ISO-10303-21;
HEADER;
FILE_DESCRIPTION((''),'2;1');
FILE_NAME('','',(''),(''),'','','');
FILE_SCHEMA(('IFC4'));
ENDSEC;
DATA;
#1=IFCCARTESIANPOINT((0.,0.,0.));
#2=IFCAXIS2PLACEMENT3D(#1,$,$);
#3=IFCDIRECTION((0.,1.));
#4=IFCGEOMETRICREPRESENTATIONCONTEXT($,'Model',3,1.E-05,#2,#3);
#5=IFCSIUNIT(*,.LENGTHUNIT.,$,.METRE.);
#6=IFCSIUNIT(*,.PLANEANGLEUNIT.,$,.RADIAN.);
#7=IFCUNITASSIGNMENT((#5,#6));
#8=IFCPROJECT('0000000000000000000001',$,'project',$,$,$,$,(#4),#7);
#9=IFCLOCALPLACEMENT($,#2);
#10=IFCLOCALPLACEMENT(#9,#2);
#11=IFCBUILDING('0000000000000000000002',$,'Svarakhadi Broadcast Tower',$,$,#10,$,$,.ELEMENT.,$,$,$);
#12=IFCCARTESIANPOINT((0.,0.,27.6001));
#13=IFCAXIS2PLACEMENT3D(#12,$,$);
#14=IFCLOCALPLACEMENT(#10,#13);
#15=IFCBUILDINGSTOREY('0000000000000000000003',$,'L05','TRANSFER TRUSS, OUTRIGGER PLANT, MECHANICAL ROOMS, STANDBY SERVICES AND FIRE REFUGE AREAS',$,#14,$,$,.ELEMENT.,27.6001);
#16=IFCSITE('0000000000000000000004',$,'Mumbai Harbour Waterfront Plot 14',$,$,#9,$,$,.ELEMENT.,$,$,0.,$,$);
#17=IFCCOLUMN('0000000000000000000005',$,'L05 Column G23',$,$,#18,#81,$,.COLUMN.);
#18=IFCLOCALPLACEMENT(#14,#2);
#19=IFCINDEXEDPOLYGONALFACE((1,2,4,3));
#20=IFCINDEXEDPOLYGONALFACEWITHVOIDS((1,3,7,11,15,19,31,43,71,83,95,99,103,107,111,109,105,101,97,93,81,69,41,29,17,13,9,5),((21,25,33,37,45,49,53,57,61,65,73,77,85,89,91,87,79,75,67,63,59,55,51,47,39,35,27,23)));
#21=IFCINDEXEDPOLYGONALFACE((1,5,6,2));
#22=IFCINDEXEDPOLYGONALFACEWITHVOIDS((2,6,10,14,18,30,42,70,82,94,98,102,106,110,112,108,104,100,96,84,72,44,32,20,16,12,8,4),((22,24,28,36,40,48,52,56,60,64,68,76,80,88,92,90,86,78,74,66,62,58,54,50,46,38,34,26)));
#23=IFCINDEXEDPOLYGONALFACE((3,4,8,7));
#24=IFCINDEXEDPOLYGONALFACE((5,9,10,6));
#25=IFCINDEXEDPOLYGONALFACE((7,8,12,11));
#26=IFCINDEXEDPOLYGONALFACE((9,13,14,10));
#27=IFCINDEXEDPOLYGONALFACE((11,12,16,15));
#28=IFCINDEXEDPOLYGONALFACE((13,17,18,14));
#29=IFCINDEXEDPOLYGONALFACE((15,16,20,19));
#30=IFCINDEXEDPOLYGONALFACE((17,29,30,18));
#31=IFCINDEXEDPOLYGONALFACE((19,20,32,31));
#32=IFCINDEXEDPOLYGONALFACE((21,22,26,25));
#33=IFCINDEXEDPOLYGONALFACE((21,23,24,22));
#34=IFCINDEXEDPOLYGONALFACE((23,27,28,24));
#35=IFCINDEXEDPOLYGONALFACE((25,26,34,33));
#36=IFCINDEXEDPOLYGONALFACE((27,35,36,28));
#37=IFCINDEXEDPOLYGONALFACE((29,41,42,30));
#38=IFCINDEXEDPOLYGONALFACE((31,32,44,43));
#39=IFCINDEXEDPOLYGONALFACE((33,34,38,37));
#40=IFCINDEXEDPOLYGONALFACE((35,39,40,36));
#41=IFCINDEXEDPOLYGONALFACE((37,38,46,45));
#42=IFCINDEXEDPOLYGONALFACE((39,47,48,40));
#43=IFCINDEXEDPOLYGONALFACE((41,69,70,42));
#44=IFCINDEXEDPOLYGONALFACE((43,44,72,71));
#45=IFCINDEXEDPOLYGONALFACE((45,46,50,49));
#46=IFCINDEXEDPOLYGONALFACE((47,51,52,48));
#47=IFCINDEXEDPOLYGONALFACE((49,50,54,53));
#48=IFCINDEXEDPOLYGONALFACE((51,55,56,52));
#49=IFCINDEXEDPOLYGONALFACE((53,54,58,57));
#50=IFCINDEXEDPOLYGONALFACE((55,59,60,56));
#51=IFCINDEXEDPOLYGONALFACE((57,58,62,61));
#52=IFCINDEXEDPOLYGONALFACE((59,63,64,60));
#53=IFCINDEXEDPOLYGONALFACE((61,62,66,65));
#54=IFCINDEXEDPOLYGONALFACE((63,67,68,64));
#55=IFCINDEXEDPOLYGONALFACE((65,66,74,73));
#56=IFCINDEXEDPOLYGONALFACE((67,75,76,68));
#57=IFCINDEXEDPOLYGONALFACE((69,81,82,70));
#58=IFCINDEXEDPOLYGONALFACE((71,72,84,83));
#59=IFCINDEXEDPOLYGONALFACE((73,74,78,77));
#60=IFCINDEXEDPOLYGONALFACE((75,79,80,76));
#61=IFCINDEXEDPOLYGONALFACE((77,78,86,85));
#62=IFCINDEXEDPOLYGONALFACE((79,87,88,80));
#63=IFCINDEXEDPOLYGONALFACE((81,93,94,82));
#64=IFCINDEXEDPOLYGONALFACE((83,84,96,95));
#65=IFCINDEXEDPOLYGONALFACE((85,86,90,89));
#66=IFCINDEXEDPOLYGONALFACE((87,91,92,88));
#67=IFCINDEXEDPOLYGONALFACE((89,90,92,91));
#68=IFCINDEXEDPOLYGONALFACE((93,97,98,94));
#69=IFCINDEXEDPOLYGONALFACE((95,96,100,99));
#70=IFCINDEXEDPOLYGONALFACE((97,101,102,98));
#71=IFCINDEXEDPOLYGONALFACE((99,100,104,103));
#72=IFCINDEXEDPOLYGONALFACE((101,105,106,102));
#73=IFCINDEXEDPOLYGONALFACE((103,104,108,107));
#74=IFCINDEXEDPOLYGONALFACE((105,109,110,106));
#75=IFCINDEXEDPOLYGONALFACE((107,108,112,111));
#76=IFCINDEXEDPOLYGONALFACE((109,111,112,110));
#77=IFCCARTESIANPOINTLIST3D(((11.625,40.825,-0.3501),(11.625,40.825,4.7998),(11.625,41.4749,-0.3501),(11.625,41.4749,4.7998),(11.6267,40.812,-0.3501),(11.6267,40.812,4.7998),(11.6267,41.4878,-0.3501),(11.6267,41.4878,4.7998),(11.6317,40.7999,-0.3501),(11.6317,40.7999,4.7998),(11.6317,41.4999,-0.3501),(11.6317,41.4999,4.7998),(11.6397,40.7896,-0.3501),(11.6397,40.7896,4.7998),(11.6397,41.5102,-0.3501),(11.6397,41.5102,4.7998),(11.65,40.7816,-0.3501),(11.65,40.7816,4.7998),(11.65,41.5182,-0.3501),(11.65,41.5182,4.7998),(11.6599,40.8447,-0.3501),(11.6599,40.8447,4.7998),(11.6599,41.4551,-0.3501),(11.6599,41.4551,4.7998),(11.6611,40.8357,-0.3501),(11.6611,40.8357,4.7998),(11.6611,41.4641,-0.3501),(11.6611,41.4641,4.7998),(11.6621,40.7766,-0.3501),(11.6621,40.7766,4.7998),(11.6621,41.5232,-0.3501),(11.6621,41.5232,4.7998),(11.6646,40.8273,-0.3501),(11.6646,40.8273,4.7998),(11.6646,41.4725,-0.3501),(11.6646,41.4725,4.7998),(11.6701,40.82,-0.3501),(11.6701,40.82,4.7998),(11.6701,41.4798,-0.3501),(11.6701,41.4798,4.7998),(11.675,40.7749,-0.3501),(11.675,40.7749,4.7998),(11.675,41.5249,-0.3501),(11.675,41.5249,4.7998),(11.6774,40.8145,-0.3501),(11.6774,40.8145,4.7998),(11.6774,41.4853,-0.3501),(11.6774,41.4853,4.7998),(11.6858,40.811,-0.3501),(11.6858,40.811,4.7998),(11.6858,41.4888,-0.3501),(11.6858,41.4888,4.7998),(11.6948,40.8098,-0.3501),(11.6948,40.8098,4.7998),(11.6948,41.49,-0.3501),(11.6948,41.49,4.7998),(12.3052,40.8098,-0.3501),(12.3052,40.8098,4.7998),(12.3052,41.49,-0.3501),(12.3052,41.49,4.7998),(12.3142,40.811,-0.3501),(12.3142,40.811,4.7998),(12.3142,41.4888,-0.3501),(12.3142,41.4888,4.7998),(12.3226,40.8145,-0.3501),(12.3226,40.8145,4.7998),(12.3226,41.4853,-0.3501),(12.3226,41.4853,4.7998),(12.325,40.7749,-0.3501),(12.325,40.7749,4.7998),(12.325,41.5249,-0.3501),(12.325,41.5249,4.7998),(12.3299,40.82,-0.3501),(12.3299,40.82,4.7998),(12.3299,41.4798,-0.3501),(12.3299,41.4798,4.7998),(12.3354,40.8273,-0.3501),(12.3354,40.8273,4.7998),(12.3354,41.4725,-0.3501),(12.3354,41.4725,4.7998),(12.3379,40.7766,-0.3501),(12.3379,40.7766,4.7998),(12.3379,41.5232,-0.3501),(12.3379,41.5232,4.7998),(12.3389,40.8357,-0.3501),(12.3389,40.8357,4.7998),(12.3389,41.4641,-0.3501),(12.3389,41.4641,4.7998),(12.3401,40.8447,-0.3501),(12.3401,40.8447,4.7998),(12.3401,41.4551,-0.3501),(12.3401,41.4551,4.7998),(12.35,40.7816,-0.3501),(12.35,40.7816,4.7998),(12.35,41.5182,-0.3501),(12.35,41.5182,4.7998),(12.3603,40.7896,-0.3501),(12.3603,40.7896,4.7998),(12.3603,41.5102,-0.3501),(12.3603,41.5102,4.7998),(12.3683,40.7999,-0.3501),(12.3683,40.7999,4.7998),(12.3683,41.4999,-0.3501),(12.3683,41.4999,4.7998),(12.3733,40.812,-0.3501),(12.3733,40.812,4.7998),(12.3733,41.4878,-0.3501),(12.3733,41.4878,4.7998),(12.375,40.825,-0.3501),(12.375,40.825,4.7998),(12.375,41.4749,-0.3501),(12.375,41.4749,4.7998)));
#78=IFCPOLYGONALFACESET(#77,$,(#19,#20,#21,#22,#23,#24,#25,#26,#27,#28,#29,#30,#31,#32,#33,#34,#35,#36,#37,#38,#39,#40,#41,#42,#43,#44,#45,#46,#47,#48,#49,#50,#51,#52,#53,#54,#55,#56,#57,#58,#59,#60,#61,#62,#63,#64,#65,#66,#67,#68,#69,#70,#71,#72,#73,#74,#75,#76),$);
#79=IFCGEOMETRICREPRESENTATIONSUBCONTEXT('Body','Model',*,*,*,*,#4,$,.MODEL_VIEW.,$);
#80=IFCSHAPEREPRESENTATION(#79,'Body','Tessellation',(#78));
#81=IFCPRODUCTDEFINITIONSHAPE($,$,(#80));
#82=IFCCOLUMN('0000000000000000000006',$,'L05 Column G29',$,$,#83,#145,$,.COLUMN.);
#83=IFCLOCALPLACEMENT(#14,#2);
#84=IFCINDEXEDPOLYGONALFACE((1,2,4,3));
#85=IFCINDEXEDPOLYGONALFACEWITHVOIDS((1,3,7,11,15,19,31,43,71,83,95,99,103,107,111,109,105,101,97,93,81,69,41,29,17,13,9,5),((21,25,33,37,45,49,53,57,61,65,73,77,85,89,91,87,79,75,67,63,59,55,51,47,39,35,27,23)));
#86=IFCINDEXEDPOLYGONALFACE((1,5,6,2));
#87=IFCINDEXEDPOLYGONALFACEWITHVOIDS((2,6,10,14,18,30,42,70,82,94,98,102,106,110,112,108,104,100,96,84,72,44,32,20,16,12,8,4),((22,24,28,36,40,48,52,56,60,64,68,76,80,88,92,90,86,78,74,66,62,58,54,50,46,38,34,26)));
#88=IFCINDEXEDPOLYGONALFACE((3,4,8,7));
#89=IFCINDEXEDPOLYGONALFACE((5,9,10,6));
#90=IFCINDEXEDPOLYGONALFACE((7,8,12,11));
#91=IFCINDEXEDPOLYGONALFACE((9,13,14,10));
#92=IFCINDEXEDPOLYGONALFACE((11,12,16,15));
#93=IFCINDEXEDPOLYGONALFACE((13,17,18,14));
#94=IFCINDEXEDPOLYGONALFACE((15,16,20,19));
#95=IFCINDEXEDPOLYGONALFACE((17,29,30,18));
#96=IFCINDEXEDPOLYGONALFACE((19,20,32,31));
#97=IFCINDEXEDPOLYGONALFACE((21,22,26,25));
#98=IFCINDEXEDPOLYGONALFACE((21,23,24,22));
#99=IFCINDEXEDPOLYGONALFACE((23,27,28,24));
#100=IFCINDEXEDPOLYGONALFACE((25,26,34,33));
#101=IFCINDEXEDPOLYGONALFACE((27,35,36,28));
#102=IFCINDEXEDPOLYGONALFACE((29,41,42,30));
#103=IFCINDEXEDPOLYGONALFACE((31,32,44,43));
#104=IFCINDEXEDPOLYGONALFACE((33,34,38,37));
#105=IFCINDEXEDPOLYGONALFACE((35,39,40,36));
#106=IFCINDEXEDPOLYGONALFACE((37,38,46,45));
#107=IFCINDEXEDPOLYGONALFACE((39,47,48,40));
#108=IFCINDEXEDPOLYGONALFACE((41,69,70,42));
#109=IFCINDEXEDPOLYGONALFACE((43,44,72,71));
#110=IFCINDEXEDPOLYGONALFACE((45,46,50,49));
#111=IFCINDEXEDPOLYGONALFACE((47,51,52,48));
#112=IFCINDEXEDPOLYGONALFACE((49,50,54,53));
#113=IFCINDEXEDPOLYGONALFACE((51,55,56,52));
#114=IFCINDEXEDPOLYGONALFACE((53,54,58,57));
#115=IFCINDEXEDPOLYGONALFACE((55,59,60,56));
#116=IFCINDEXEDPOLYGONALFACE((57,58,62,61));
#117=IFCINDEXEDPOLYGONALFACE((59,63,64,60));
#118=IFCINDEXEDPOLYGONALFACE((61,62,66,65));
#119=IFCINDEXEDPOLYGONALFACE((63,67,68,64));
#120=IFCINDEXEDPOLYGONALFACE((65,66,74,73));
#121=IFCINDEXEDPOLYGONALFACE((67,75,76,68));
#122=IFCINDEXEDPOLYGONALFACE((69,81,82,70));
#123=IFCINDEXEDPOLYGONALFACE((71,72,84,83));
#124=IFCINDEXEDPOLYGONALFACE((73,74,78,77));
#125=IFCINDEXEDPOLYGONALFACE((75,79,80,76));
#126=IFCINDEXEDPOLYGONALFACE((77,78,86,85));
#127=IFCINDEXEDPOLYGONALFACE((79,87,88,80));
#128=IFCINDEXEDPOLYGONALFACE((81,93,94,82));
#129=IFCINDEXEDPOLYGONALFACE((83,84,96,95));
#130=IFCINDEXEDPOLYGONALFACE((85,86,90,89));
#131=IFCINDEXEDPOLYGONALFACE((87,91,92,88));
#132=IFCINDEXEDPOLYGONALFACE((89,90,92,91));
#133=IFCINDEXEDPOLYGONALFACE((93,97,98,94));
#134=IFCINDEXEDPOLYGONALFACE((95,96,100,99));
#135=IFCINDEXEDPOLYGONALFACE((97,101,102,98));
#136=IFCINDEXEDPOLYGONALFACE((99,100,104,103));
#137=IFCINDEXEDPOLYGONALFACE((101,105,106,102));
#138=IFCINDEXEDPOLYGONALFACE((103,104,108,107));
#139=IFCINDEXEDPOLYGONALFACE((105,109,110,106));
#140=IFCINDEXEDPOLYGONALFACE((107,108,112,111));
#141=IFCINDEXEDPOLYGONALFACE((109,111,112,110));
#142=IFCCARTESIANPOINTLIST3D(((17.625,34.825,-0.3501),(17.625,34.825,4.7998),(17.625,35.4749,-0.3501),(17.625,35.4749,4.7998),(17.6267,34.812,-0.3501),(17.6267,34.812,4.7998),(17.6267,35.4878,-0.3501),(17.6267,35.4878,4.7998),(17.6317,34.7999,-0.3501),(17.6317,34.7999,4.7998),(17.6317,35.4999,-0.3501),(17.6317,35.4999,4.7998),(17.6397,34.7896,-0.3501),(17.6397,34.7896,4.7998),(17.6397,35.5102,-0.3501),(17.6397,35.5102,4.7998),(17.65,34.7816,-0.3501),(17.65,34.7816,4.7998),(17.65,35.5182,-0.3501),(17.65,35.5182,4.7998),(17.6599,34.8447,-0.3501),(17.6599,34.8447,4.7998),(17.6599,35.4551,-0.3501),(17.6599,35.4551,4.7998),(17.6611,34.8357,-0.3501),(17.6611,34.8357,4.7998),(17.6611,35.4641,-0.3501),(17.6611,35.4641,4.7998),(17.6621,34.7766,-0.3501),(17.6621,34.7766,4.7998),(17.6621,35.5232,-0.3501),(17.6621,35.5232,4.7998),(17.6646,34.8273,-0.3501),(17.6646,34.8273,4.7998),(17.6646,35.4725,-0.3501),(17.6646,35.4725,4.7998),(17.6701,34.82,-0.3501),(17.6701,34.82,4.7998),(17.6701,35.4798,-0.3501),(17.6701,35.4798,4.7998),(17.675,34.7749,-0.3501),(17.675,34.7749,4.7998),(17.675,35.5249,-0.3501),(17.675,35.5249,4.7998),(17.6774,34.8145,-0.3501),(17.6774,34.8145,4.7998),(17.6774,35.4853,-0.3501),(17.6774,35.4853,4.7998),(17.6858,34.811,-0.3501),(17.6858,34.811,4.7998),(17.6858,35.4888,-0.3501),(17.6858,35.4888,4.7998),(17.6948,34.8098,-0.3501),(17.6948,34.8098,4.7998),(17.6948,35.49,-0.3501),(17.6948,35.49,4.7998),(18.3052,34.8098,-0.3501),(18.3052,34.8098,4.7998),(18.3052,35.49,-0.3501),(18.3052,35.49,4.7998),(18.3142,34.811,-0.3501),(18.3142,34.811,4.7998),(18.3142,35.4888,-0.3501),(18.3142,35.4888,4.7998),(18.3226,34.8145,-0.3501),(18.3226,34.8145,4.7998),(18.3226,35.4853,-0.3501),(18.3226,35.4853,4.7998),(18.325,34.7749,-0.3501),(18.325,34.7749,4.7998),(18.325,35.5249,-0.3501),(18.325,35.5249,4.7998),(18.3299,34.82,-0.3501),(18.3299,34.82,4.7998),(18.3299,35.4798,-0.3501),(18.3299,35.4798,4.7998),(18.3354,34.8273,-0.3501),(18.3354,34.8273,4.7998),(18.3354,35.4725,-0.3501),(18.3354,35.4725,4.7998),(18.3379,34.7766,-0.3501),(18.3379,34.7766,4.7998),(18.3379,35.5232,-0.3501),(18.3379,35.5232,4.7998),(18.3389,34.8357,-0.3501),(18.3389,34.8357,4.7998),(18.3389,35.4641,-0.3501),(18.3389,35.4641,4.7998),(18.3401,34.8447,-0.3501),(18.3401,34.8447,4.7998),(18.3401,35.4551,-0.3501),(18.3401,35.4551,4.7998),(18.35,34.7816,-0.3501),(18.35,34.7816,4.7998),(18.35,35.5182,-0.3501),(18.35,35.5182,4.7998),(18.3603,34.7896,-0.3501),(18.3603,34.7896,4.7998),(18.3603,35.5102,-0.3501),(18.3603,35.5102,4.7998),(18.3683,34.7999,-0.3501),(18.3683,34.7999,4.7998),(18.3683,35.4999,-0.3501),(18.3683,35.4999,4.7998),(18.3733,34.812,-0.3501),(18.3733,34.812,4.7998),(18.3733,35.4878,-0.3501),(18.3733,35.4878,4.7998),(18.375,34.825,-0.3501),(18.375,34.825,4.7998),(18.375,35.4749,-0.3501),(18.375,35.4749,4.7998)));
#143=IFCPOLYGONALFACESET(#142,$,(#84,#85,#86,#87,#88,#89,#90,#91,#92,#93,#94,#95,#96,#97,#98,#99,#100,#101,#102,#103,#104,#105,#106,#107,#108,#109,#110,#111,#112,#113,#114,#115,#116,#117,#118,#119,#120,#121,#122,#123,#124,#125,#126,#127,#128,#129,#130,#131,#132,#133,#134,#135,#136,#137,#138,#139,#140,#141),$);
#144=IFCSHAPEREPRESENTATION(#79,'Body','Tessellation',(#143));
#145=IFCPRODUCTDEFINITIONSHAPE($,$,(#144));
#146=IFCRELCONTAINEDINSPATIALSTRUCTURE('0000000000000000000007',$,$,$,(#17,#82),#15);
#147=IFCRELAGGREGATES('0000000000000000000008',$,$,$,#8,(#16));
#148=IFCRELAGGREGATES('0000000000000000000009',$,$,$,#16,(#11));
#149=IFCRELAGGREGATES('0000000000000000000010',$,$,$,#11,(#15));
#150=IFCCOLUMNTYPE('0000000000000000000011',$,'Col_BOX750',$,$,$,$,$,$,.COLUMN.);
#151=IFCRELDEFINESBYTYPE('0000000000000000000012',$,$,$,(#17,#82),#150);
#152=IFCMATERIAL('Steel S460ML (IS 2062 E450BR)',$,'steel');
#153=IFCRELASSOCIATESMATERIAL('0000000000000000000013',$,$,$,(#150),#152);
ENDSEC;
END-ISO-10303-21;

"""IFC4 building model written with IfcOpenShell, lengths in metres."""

from ifc_helpers import new_model, si_unit, direction, frame, origin, origin_2d, place, context, subcontext, project, spatial, hollow_rectangle, extrude, material, material_profile, profile_set, type_object, element, save


model = new_model("IFC4")

# Units and contexts
model_context = context("Model", 3, precision=1e-05, world=origin(), true_north=direction((0.0, 1.0)))
body_context = subcontext(model_context, "Body", "Model", "MODEL_VIEW")
ifc_project = project(units=[si_unit("LENGTHUNIT", "METRE"), si_unit("PLANEANGLEUNIT", "RADIAN")], contexts=[model_context])

# Site, building, storey
site_placement = place(None, origin())
site = spatial("IfcSite", under=ifc_project, at=site_placement, Name="Mumbai Harbour Waterfront Plot 14", CompositionType="ELEMENT", RefElevation=0.0)
building_placement = place(site_placement, origin())
building = spatial("IfcBuilding", under=site, at=building_placement, Name="Svarakhadi Broadcast Tower", CompositionType="ELEMENT")
storey_placement = place(building_placement, frame((0.0, 0.0, 27.6001)))
storey = spatial("IfcBuildingStorey", under=building, at=storey_placement, Name="L05", Description="TRANSFER TRUSS, OUTRIGGER PLANT, MECHANICAL ROOMS, STANDBY SERVICES AND FIRE REFUGE AREAS", CompositionType="ELEMENT", Elevation=27.6001)

# Columns
ifc_material_1 = material(Name="Steel S460ML (IS 2062 E450BR)", Category="steel")
ifc_material_profile_1 = material_profile(ifc_material_1, hollow_rectangle(XDim=0.75, YDim=0.75, WallThickness=0.0349, InnerFilletRadius=0.0349, OuterFilletRadius=0.05, at=origin_2d()), Name="BOX 750x750x35")
ifc_profile_set_1 = profile_set([ifc_material_profile_1], Name="Steel S460ML (IS 2062 E450BR)")
column_type_1 = type_object("IfcColumnType", Name="Col_BOX750", PredefinedType="COLUMN", material=ifc_profile_set_1)
for number, where, z_axis, x_axis, name in (
    (1, (12.0, 41.1499, -0.3501), (0.0, 0.0, 1.0), (1.0, 0.0, 0.0), "L05 Column G23"),
    (2, (18.0, 35.1499, -0.3501), (0.0, 0.0, 1.0), (1.0, 0.0, 0.0), "L05 Column G29"),
):
    element("IfcColumn", number, at=place(storey_placement, frame(where, z_axis=z_axis, x_axis=x_axis)), inside=storey, type_object=column_type_1, Name=name, PredefinedType="COLUMN", context=body_context, shape_type="SweptSolid", body=[
        extrude(hollow_rectangle(XDim=0.75, YDim=0.75, WallThickness=0.0349, InnerFilletRadius=0.0349, OuterFilletRadius=0.05, at=origin_2d()), origin(), (0.0, 0.0, 1.0), 5.1499),
    ])

save(model, "model.ifc")
